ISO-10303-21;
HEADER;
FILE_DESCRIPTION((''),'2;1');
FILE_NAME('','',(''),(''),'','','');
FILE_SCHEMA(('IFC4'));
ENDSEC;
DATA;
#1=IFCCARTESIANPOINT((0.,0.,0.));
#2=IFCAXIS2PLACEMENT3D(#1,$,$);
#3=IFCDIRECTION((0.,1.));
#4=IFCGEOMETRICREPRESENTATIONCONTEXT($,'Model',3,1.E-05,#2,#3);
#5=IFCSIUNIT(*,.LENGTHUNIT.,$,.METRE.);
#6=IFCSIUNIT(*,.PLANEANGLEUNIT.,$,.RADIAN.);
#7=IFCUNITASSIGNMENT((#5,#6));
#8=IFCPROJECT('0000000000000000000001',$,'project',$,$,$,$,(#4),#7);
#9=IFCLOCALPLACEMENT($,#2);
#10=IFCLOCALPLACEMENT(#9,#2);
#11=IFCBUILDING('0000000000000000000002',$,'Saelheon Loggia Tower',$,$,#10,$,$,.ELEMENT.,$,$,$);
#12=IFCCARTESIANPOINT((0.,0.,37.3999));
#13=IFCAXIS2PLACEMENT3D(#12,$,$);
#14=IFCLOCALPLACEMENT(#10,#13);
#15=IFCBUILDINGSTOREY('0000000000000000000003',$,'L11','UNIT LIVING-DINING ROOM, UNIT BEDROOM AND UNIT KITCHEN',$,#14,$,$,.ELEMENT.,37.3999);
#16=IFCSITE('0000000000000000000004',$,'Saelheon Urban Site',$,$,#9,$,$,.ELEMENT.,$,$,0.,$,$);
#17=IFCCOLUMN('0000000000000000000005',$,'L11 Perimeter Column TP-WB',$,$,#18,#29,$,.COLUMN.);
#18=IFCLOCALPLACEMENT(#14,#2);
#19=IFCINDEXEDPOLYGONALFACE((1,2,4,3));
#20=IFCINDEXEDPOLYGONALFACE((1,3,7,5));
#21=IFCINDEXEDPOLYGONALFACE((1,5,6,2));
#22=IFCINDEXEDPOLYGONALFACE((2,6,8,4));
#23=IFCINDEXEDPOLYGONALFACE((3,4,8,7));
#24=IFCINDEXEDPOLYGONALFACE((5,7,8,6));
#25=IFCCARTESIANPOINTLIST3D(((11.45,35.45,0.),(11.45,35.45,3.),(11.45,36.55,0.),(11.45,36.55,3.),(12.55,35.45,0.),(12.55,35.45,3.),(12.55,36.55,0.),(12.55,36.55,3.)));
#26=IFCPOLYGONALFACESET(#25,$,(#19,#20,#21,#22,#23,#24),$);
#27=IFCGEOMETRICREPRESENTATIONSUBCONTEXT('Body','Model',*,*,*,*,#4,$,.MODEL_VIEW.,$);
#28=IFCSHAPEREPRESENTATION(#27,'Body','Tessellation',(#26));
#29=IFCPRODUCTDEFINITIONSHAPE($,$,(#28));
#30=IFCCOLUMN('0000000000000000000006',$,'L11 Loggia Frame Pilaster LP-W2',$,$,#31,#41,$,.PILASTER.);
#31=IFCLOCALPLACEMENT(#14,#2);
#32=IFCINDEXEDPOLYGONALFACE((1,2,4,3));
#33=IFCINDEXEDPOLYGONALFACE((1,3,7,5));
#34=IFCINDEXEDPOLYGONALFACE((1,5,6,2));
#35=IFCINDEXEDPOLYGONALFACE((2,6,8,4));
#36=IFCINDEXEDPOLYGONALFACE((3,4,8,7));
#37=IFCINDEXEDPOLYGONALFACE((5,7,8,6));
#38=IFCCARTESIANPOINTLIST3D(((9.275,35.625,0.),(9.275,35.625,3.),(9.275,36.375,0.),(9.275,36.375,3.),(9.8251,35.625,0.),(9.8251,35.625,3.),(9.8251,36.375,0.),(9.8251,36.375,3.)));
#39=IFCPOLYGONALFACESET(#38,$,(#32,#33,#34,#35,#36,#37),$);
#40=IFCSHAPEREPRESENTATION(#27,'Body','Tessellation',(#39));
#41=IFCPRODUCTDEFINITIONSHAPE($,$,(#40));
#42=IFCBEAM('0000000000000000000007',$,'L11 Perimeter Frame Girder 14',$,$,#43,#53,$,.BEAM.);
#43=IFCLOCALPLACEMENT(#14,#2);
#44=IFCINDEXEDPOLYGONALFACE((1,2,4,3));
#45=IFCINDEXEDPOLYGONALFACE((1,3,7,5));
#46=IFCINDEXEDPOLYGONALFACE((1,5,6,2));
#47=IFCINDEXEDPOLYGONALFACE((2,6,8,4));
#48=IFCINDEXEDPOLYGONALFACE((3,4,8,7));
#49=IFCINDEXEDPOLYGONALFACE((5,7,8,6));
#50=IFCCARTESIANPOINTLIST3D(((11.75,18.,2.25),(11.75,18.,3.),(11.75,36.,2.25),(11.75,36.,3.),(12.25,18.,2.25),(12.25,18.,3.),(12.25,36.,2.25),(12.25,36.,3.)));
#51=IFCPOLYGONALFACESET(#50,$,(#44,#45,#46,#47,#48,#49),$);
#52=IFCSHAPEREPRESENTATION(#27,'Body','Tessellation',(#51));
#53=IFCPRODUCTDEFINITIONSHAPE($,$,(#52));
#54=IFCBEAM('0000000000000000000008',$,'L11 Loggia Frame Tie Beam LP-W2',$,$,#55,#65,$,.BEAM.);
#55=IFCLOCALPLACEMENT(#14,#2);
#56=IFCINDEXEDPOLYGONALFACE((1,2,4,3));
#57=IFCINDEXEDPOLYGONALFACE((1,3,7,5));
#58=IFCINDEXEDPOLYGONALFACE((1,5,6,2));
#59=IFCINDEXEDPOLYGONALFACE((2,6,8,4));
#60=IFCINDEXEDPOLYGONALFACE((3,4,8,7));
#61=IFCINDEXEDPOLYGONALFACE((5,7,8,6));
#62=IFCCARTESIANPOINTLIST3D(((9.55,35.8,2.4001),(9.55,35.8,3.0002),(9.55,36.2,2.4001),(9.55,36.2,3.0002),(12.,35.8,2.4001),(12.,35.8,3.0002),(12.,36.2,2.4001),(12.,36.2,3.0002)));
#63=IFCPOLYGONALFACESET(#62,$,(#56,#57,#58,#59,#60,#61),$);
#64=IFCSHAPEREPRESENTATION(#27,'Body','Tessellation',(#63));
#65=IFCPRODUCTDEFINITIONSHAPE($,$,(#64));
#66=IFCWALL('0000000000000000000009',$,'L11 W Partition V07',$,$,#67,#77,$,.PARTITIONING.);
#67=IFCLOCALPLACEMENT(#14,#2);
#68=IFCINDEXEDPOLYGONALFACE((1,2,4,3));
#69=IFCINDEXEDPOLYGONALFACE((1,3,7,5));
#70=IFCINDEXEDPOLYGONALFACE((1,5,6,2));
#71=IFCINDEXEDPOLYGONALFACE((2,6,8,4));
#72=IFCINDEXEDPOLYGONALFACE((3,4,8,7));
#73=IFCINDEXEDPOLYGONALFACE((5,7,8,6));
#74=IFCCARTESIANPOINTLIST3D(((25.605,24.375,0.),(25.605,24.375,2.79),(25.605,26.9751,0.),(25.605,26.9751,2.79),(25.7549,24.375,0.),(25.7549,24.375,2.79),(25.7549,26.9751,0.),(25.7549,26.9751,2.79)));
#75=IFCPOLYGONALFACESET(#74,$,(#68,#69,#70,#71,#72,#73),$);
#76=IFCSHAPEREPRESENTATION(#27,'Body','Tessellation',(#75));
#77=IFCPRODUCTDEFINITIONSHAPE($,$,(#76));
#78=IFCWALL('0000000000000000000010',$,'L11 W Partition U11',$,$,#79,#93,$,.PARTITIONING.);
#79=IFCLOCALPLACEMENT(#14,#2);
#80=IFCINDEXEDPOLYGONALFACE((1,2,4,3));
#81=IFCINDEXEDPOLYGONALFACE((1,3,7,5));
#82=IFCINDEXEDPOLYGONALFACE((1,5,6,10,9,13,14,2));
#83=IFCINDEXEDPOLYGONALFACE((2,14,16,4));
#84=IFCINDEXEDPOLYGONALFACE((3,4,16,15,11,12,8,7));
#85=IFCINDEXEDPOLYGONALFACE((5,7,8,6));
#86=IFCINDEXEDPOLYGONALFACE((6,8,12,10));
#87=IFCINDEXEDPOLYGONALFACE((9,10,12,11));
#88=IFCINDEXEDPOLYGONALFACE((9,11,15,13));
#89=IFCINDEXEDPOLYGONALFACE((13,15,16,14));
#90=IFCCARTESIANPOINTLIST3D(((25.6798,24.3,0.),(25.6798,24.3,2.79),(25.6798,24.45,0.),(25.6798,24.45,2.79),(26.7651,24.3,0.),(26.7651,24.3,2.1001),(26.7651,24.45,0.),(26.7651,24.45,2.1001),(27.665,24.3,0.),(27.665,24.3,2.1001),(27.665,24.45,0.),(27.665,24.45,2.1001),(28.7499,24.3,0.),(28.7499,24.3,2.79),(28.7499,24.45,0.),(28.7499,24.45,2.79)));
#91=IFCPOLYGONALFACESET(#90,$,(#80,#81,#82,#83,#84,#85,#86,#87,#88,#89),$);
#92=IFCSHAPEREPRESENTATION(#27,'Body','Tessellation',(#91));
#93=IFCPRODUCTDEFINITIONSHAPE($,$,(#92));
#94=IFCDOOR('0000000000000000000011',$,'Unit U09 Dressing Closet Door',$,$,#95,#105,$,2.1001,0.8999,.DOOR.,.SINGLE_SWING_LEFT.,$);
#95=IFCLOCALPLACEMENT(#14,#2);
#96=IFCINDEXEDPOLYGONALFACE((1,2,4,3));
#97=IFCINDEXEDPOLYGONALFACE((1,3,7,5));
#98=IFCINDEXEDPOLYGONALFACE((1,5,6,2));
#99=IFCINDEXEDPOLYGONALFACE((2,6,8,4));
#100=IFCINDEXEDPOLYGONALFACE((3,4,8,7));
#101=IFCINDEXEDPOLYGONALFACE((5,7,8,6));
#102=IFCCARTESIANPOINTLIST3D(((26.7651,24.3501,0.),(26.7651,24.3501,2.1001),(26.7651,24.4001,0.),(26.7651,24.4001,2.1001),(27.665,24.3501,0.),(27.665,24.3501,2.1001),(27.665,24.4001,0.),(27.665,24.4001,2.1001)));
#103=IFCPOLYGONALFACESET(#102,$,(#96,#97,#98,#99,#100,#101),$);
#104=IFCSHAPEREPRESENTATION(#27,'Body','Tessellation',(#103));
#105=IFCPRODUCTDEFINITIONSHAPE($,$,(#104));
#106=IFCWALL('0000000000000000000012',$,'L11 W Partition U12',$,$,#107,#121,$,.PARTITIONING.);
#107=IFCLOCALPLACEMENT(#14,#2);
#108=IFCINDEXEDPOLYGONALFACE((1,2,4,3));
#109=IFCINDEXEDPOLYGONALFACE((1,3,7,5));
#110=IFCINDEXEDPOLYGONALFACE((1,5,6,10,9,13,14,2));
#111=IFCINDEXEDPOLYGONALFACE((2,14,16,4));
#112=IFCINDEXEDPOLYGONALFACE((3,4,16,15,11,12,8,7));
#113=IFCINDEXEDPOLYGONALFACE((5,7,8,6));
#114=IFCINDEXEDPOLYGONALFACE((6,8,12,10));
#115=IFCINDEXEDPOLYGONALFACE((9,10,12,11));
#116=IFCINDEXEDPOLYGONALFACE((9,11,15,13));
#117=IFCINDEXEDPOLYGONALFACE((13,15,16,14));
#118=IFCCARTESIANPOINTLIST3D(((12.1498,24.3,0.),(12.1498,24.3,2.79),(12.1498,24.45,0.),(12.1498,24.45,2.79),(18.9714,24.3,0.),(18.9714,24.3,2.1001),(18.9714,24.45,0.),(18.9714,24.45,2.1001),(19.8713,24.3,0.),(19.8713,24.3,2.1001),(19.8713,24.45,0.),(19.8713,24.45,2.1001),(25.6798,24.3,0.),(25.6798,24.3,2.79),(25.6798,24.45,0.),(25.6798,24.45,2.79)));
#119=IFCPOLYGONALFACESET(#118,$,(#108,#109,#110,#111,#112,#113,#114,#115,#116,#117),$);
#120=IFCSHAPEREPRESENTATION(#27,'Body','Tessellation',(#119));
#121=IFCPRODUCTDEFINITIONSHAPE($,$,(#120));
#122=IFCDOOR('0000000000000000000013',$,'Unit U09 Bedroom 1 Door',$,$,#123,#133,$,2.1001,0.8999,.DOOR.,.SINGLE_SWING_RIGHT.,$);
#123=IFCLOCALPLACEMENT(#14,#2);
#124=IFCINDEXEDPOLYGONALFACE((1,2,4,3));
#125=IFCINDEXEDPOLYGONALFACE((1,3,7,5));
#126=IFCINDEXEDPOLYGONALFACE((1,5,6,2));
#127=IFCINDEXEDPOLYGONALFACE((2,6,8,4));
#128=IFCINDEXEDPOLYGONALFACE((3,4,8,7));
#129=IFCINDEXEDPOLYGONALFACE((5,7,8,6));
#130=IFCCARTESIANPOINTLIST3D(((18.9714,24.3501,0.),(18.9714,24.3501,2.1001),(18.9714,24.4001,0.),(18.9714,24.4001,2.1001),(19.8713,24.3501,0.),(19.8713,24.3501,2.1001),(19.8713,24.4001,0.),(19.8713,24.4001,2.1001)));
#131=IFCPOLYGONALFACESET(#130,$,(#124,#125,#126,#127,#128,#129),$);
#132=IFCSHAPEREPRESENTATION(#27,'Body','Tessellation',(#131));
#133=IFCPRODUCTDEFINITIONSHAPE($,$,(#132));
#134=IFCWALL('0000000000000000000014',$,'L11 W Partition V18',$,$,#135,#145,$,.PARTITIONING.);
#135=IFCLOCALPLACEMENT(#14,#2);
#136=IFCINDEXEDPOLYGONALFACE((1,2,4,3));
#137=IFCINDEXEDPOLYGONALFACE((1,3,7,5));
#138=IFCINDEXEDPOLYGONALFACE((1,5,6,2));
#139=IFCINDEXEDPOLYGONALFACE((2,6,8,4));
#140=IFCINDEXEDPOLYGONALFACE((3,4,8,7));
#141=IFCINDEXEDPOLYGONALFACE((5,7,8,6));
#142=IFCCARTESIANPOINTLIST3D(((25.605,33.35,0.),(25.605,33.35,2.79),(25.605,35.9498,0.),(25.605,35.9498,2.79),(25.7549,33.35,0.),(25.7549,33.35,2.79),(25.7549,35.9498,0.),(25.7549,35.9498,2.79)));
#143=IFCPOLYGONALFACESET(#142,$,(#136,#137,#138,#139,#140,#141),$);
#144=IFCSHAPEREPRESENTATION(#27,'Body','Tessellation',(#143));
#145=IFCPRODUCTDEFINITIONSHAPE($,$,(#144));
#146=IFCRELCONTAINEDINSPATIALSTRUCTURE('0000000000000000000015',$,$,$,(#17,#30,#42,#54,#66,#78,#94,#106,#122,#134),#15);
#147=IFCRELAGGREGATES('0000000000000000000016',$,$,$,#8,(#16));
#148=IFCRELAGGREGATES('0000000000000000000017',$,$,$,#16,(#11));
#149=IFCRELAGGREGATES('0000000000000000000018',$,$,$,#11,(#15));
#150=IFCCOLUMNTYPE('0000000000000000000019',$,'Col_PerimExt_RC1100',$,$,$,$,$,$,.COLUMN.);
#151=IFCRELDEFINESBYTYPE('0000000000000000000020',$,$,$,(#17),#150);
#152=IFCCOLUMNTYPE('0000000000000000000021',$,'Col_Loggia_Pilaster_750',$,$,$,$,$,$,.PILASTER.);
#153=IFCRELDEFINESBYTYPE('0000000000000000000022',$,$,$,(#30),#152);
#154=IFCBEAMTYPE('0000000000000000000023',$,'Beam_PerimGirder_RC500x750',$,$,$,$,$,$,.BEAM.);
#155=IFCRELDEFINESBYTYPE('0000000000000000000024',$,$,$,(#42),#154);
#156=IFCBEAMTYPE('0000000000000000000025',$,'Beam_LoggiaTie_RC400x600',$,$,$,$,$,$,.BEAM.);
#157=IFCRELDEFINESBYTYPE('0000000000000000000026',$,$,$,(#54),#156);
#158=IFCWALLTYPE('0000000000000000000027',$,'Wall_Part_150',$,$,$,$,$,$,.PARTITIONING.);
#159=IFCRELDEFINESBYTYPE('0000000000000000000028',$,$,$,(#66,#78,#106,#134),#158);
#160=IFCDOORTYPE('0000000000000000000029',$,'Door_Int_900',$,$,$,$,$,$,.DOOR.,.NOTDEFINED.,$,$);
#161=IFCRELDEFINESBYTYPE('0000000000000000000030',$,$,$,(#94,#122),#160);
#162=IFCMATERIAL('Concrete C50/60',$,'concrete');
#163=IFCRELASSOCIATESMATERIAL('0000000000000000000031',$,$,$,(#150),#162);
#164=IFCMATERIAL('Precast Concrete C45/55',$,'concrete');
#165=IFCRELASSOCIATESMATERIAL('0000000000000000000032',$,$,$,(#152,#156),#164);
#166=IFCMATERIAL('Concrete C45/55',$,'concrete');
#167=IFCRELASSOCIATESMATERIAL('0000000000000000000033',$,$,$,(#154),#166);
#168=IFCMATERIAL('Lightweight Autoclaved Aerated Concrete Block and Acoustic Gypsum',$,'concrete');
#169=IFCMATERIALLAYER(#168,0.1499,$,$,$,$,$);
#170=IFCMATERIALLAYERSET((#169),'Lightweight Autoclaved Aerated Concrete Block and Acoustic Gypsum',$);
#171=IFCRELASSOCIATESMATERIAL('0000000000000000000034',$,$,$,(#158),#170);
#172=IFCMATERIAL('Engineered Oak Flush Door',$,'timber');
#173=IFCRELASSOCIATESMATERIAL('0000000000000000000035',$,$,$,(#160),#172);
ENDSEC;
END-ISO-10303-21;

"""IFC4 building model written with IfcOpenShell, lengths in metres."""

from ifc_helpers import new_model, si_unit, direction, frame, frame_2d, origin, origin_2d, place, context, subcontext, project, spatial, rectangle, extrude, source, transform, mapped, material, layer, layer_set, material_profile, profile_set, type_object, element, fill, save


model = new_model("IFC4")

# Units and contexts
model_context = context("Model", 3, precision=1e-05, world=origin(), true_north=direction((0.0, 1.0)))
body_context = subcontext(model_context, "Body", "Model", "MODEL_VIEW")
ifc_project = project(units=[si_unit("LENGTHUNIT", "METRE"), si_unit("PLANEANGLEUNIT", "RADIAN")], contexts=[model_context])

# Site, building, storey
site_placement = place(None, origin())
site = spatial("IfcSite", under=ifc_project, at=site_placement, Name="Saelheon Urban Site", CompositionType="ELEMENT", RefElevation=0.0)
building_placement = place(site_placement, origin())
building = spatial("IfcBuilding", under=site, at=building_placement, Name="Saelheon Loggia Tower", CompositionType="ELEMENT")
storey_placement = place(building_placement, frame((0.0, 0.0, 37.3999)))
storey = spatial("IfcBuildingStorey", under=building, at=storey_placement, Name="L11", Description="UNIT LIVING-DINING ROOM, UNIT BEDROOM AND UNIT KITCHEN", CompositionType="ELEMENT", Elevation=37.3999)

# Columns
ifc_material_1 = material(Name="Concrete C50/60", Category="concrete")
ifc_material_profile_1 = material_profile(ifc_material_1, rectangle(XDim=1.1001, YDim=1.1001, at=origin_2d()), Name="RC-1100x1100")
ifc_profile_set_1 = profile_set([ifc_material_profile_1], Name="Concrete C50/60")
column_type_1 = type_object("IfcColumnType", Name="Col_PerimExt_RC1100", PredefinedType="COLUMN", material=ifc_profile_set_1)
shared_shape_1 = source(origin(), body_context, "Body", "SweptSolid", [
    extrude(rectangle(XDim=1.1001, YDim=1.1001, at=origin_2d()), origin(), (0.0, 0.0, 1.0), 3.0),
])
column_1_placement = place(storey_placement, frame((12.0, 36.0, 0.0), z_axis=(0.0, 0.0, 1.0), x_axis=(1.0, 0.0, 0.0)))
element("IfcColumn", 1, at=column_1_placement, inside=storey, type_object=column_type_1, Name="L11 Perimeter Column TP-WB", PredefinedType="COLUMN", context=body_context, shape_type="MappedRepresentation", body=[
    mapped(shared_shape_1, transform((0.0, 0.0, 0.0), scale=1.0)),
])
ifc_material_2 = material(Name="Precast Concrete C45/55", Category="concrete")
ifc_material_profile_2 = material_profile(ifc_material_2, rectangle(XDim=0.55, YDim=0.75, at=origin_2d()), Name="RC-550x750")
ifc_profile_set_2 = profile_set([ifc_material_profile_2], Name="Precast Concrete C45/55")
column_type_2 = type_object("IfcColumnType", Name="Col_Loggia_Pilaster_750", PredefinedType="PILASTER", material=ifc_profile_set_2)
shared_shape_2 = source(origin(), body_context, "Body", "SweptSolid", [
    extrude(rectangle(XDim=0.55, YDim=0.75, at=origin_2d()), origin(), (0.0, 0.0, 1.0), 3.0),
])
column_2_placement = place(storey_placement, frame((9.55, 36.0, 0.0), z_axis=(0.0, 0.0, 1.0), x_axis=(1.0, 0.0, 0.0)))
element("IfcColumn", 2, at=column_2_placement, inside=storey, type_object=column_type_2, Name="L11 Loggia Frame Pilaster LP-W2", PredefinedType="PILASTER", context=body_context, shape_type="MappedRepresentation", body=[
    mapped(shared_shape_2, transform((0.0, 0.0, 0.0), scale=1.0)),
])

# Beams
ifc_material_3 = material(Name="Concrete C45/55", Category="concrete")
ifc_material_profile_3 = material_profile(ifc_material_3, rectangle(XDim=0.5, YDim=0.75, at=origin_2d()), Name="RC-500x750")
ifc_profile_set_3 = profile_set([ifc_material_profile_3], Name="Concrete C45/55")
beam_type_1 = type_object("IfcBeamType", Name="Beam_PerimGirder_RC500x750", PredefinedType="BEAM", material=ifc_profile_set_3)
shared_shape_3 = source(origin(), body_context, "Body", "SweptSolid", [
    extrude(rectangle(XDim=0.5, YDim=0.75, at=origin_2d()), origin(), (0.0, 0.0, 1.0), 18.0),
])
beam_1_placement = place(storey_placement, frame((12.0, 36.0, 2.625), z_axis=(0.0, -1.0, 0.0), x_axis=(1.0, 0.0, 0.0)))
element("IfcBeam", 3, at=beam_1_placement, inside=storey, type_object=beam_type_1, Name="L11 Perimeter Frame Girder 14", PredefinedType="BEAM", context=body_context, shape_type="MappedRepresentation", body=[
    mapped(shared_shape_3, transform((0.0, 0.0, 0.0), scale=1.0)),
])
ifc_material_profile_4 = material_profile(ifc_material_2, rectangle(XDim=0.3999, YDim=0.6001, at=origin_2d()), Name="RC-400x600")
ifc_profile_set_4 = profile_set([ifc_material_profile_4], Name="Precast Concrete C45/55")
beam_type_2 = type_object("IfcBeamType", Name="Beam_LoggiaTie_RC400x600", PredefinedType="BEAM", material=ifc_profile_set_4)
shared_shape_4 = source(origin(), body_context, "Body", "SweptSolid", [
    extrude(rectangle(XDim=0.3999, YDim=0.6001, at=origin_2d()), origin(), (0.0, 0.0, 1.0), 2.45),
])
beam_2_placement = place(storey_placement, frame((12.0, 36.0, 2.7002), z_axis=(-1.0, 0.0, 0.0), x_axis=(0.0, -1.0, 0.0)))
element("IfcBeam", 4, at=beam_2_placement, inside=storey, type_object=beam_type_2, Name="L11 Loggia Frame Tie Beam LP-W2", PredefinedType="BEAM", context=body_context, shape_type="MappedRepresentation", body=[
    mapped(shared_shape_4, transform((0.0, 0.0, 0.0), scale=1.0)),
])

# Wall
ifc_material_4 = material(Name="Lightweight Autoclaved Aerated Concrete Block and Acoustic Gypsum", Category="concrete")
ifc_layer_1 = layer(ifc_material_4, 0.1499)
ifc_layer_set_1 = layer_set([ifc_layer_1], Name="Lightweight Autoclaved Aerated Concrete Block and Acoustic Gypsum")
wall_type_1 = type_object("IfcWallType", Name="Wall_Part_150", PredefinedType="PARTITIONING", material=ifc_layer_set_1)
wall_1_placement = place(storey_placement, frame((25.6799, 24.375, 0.0), z_axis=(0.0, 0.0, 1.0), x_axis=(0.0, 1.0, 0.0)))
element("IfcWall", 5, at=wall_1_placement, inside=storey, type_object=wall_type_1, Name="L11 W Partition V07", PredefinedType="PARTITIONING", context=body_context, shape_type="SweptSolid", body=[
    extrude(rectangle(XDim=2.6001, YDim=0.1499, at=frame_2d((1.3, 0.0))), origin(), (0.0, 0.0, 1.0), 2.79),
])

# Walls, openings, doors
wall_2_placement = place(storey_placement, frame((28.75, 24.375, 0.0), z_axis=(0.0, 0.0, 1.0), x_axis=(-1.0, 0.0, 0.0)))
wall_2 = element("IfcWall", 6, at=wall_2_placement, inside=storey, type_object=wall_type_1, Name="L11 W Partition U11", PredefinedType="PARTITIONING", context=body_context, shape_type="SweptSolid", body=[
    extrude(rectangle(XDim=3.0701, YDim=0.1499, at=frame_2d((1.5352, 0.0))), origin(), (0.0, 0.0, 1.0), 2.79),
])
opening_1_placement = place(wall_2_placement, frame((1.085, 0.0, 0.0)))
opening_1 = element("IfcOpeningElement", 7, at=opening_1_placement, cuts=wall_2, PredefinedType="OPENING", context=body_context, shape_type="SweptSolid", body=[
    extrude(rectangle(XDim=0.8999, YDim=2.1001, at=frame_2d((0.45, 1.05))), frame((0.0, 0.0869, 0.0), z_axis=(0.0, -1.0, 0.0), x_axis=(1.0, 0.0, 0.0)), (0.0, 0.0, 1.0), 0.1738),
])
ifc_material_5 = material(Name="Engineered Oak Flush Door", Category="timber")
door_type_1 = type_object("IfcDoorType", Name="Door_Int_900", OperationType="NOTDEFINED", PredefinedType="DOOR", material=ifc_material_5)
shared_shape_5 = source(origin(), body_context, "Body", "SweptSolid", [
    extrude(rectangle(XDim=0.8999, YDim=2.1001, at=frame_2d((0.45, 1.05))), frame((0.0, 0.0249, 0.0), z_axis=(0.0, -1.0, 0.0), x_axis=(1.0, 0.0, 0.0)), (0.0, 0.0, 1.0), 0.05),
])
door_1_placement = place(opening_1_placement, origin())
door_1 = element("IfcDoor", 8, at=door_1_placement, inside=storey, type_object=door_type_1, Name="Unit U09 Dressing Closet Door", OperationType="SINGLE_SWING_LEFT", OverallHeight=2.1001, OverallWidth=0.8999, PredefinedType="DOOR", context=body_context, shape_type="MappedRepresentation", body=[
    mapped(shared_shape_5, transform((0.0, 0.0, 0.0), scale=1.0)),
])
fill(opening_1, door_1)
wall_3_placement = place(storey_placement, frame((25.6799, 24.375, 0.0), z_axis=(0.0, 0.0, 1.0), x_axis=(-1.0, 0.0, 0.0)))
wall_3 = element("IfcWall", 9, at=wall_3_placement, inside=storey, type_object=wall_type_1, Name="L11 W Partition U12", PredefinedType="PARTITIONING", context=body_context, shape_type="SweptSolid", body=[
    extrude(rectangle(XDim=13.53, YDim=0.1499, at=frame_2d((6.7651, 0.0))), origin(), (0.0, 0.0, 1.0), 2.79),
])
opening_2_placement = place(wall_3_placement, frame((5.8086, 0.0, 0.0)))
opening_2 = element("IfcOpeningElement", 10, at=opening_2_placement, cuts=wall_3, PredefinedType="OPENING", context=body_context, shape_type="SweptSolid", body=[
    extrude(rectangle(XDim=0.8999, YDim=2.1001, at=frame_2d((0.45, 1.05))), frame((0.0, 0.0869, 0.0), z_axis=(0.0, -1.0, 0.0), x_axis=(1.0, 0.0, 0.0)), (0.0, 0.0, 1.0), 0.1738),
])
door_2_placement = place(opening_2_placement, origin())
door_2 = element("IfcDoor", 11, at=door_2_placement, inside=storey, type_object=door_type_1, Name="Unit U09 Bedroom 1 Door", OperationType="SINGLE_SWING_RIGHT", OverallHeight=2.1001, OverallWidth=0.8999, PredefinedType="DOOR", context=body_context, shape_type="MappedRepresentation", body=[
    mapped(shared_shape_5, transform((0.0, 0.0, 0.0), scale=1.0)),
])
fill(opening_2, door_2)

# Wall
wall_4_placement = place(storey_placement, frame((25.6799, 33.3501, 0.0), z_axis=(0.0, 0.0, 1.0), x_axis=(0.0, 1.0, 0.0)))
element("IfcWall", 12, at=wall_4_placement, inside=storey, type_object=wall_type_1, Name="L11 W Partition V18", PredefinedType="PARTITIONING", context=body_context, shape_type="SweptSolid", body=[
    extrude(rectangle(XDim=2.5999, YDim=0.1499, at=frame_2d((1.2998, 0.0))), origin(), (0.0, 0.0, 1.0), 2.79),
])

save(model, "model.ifc")
